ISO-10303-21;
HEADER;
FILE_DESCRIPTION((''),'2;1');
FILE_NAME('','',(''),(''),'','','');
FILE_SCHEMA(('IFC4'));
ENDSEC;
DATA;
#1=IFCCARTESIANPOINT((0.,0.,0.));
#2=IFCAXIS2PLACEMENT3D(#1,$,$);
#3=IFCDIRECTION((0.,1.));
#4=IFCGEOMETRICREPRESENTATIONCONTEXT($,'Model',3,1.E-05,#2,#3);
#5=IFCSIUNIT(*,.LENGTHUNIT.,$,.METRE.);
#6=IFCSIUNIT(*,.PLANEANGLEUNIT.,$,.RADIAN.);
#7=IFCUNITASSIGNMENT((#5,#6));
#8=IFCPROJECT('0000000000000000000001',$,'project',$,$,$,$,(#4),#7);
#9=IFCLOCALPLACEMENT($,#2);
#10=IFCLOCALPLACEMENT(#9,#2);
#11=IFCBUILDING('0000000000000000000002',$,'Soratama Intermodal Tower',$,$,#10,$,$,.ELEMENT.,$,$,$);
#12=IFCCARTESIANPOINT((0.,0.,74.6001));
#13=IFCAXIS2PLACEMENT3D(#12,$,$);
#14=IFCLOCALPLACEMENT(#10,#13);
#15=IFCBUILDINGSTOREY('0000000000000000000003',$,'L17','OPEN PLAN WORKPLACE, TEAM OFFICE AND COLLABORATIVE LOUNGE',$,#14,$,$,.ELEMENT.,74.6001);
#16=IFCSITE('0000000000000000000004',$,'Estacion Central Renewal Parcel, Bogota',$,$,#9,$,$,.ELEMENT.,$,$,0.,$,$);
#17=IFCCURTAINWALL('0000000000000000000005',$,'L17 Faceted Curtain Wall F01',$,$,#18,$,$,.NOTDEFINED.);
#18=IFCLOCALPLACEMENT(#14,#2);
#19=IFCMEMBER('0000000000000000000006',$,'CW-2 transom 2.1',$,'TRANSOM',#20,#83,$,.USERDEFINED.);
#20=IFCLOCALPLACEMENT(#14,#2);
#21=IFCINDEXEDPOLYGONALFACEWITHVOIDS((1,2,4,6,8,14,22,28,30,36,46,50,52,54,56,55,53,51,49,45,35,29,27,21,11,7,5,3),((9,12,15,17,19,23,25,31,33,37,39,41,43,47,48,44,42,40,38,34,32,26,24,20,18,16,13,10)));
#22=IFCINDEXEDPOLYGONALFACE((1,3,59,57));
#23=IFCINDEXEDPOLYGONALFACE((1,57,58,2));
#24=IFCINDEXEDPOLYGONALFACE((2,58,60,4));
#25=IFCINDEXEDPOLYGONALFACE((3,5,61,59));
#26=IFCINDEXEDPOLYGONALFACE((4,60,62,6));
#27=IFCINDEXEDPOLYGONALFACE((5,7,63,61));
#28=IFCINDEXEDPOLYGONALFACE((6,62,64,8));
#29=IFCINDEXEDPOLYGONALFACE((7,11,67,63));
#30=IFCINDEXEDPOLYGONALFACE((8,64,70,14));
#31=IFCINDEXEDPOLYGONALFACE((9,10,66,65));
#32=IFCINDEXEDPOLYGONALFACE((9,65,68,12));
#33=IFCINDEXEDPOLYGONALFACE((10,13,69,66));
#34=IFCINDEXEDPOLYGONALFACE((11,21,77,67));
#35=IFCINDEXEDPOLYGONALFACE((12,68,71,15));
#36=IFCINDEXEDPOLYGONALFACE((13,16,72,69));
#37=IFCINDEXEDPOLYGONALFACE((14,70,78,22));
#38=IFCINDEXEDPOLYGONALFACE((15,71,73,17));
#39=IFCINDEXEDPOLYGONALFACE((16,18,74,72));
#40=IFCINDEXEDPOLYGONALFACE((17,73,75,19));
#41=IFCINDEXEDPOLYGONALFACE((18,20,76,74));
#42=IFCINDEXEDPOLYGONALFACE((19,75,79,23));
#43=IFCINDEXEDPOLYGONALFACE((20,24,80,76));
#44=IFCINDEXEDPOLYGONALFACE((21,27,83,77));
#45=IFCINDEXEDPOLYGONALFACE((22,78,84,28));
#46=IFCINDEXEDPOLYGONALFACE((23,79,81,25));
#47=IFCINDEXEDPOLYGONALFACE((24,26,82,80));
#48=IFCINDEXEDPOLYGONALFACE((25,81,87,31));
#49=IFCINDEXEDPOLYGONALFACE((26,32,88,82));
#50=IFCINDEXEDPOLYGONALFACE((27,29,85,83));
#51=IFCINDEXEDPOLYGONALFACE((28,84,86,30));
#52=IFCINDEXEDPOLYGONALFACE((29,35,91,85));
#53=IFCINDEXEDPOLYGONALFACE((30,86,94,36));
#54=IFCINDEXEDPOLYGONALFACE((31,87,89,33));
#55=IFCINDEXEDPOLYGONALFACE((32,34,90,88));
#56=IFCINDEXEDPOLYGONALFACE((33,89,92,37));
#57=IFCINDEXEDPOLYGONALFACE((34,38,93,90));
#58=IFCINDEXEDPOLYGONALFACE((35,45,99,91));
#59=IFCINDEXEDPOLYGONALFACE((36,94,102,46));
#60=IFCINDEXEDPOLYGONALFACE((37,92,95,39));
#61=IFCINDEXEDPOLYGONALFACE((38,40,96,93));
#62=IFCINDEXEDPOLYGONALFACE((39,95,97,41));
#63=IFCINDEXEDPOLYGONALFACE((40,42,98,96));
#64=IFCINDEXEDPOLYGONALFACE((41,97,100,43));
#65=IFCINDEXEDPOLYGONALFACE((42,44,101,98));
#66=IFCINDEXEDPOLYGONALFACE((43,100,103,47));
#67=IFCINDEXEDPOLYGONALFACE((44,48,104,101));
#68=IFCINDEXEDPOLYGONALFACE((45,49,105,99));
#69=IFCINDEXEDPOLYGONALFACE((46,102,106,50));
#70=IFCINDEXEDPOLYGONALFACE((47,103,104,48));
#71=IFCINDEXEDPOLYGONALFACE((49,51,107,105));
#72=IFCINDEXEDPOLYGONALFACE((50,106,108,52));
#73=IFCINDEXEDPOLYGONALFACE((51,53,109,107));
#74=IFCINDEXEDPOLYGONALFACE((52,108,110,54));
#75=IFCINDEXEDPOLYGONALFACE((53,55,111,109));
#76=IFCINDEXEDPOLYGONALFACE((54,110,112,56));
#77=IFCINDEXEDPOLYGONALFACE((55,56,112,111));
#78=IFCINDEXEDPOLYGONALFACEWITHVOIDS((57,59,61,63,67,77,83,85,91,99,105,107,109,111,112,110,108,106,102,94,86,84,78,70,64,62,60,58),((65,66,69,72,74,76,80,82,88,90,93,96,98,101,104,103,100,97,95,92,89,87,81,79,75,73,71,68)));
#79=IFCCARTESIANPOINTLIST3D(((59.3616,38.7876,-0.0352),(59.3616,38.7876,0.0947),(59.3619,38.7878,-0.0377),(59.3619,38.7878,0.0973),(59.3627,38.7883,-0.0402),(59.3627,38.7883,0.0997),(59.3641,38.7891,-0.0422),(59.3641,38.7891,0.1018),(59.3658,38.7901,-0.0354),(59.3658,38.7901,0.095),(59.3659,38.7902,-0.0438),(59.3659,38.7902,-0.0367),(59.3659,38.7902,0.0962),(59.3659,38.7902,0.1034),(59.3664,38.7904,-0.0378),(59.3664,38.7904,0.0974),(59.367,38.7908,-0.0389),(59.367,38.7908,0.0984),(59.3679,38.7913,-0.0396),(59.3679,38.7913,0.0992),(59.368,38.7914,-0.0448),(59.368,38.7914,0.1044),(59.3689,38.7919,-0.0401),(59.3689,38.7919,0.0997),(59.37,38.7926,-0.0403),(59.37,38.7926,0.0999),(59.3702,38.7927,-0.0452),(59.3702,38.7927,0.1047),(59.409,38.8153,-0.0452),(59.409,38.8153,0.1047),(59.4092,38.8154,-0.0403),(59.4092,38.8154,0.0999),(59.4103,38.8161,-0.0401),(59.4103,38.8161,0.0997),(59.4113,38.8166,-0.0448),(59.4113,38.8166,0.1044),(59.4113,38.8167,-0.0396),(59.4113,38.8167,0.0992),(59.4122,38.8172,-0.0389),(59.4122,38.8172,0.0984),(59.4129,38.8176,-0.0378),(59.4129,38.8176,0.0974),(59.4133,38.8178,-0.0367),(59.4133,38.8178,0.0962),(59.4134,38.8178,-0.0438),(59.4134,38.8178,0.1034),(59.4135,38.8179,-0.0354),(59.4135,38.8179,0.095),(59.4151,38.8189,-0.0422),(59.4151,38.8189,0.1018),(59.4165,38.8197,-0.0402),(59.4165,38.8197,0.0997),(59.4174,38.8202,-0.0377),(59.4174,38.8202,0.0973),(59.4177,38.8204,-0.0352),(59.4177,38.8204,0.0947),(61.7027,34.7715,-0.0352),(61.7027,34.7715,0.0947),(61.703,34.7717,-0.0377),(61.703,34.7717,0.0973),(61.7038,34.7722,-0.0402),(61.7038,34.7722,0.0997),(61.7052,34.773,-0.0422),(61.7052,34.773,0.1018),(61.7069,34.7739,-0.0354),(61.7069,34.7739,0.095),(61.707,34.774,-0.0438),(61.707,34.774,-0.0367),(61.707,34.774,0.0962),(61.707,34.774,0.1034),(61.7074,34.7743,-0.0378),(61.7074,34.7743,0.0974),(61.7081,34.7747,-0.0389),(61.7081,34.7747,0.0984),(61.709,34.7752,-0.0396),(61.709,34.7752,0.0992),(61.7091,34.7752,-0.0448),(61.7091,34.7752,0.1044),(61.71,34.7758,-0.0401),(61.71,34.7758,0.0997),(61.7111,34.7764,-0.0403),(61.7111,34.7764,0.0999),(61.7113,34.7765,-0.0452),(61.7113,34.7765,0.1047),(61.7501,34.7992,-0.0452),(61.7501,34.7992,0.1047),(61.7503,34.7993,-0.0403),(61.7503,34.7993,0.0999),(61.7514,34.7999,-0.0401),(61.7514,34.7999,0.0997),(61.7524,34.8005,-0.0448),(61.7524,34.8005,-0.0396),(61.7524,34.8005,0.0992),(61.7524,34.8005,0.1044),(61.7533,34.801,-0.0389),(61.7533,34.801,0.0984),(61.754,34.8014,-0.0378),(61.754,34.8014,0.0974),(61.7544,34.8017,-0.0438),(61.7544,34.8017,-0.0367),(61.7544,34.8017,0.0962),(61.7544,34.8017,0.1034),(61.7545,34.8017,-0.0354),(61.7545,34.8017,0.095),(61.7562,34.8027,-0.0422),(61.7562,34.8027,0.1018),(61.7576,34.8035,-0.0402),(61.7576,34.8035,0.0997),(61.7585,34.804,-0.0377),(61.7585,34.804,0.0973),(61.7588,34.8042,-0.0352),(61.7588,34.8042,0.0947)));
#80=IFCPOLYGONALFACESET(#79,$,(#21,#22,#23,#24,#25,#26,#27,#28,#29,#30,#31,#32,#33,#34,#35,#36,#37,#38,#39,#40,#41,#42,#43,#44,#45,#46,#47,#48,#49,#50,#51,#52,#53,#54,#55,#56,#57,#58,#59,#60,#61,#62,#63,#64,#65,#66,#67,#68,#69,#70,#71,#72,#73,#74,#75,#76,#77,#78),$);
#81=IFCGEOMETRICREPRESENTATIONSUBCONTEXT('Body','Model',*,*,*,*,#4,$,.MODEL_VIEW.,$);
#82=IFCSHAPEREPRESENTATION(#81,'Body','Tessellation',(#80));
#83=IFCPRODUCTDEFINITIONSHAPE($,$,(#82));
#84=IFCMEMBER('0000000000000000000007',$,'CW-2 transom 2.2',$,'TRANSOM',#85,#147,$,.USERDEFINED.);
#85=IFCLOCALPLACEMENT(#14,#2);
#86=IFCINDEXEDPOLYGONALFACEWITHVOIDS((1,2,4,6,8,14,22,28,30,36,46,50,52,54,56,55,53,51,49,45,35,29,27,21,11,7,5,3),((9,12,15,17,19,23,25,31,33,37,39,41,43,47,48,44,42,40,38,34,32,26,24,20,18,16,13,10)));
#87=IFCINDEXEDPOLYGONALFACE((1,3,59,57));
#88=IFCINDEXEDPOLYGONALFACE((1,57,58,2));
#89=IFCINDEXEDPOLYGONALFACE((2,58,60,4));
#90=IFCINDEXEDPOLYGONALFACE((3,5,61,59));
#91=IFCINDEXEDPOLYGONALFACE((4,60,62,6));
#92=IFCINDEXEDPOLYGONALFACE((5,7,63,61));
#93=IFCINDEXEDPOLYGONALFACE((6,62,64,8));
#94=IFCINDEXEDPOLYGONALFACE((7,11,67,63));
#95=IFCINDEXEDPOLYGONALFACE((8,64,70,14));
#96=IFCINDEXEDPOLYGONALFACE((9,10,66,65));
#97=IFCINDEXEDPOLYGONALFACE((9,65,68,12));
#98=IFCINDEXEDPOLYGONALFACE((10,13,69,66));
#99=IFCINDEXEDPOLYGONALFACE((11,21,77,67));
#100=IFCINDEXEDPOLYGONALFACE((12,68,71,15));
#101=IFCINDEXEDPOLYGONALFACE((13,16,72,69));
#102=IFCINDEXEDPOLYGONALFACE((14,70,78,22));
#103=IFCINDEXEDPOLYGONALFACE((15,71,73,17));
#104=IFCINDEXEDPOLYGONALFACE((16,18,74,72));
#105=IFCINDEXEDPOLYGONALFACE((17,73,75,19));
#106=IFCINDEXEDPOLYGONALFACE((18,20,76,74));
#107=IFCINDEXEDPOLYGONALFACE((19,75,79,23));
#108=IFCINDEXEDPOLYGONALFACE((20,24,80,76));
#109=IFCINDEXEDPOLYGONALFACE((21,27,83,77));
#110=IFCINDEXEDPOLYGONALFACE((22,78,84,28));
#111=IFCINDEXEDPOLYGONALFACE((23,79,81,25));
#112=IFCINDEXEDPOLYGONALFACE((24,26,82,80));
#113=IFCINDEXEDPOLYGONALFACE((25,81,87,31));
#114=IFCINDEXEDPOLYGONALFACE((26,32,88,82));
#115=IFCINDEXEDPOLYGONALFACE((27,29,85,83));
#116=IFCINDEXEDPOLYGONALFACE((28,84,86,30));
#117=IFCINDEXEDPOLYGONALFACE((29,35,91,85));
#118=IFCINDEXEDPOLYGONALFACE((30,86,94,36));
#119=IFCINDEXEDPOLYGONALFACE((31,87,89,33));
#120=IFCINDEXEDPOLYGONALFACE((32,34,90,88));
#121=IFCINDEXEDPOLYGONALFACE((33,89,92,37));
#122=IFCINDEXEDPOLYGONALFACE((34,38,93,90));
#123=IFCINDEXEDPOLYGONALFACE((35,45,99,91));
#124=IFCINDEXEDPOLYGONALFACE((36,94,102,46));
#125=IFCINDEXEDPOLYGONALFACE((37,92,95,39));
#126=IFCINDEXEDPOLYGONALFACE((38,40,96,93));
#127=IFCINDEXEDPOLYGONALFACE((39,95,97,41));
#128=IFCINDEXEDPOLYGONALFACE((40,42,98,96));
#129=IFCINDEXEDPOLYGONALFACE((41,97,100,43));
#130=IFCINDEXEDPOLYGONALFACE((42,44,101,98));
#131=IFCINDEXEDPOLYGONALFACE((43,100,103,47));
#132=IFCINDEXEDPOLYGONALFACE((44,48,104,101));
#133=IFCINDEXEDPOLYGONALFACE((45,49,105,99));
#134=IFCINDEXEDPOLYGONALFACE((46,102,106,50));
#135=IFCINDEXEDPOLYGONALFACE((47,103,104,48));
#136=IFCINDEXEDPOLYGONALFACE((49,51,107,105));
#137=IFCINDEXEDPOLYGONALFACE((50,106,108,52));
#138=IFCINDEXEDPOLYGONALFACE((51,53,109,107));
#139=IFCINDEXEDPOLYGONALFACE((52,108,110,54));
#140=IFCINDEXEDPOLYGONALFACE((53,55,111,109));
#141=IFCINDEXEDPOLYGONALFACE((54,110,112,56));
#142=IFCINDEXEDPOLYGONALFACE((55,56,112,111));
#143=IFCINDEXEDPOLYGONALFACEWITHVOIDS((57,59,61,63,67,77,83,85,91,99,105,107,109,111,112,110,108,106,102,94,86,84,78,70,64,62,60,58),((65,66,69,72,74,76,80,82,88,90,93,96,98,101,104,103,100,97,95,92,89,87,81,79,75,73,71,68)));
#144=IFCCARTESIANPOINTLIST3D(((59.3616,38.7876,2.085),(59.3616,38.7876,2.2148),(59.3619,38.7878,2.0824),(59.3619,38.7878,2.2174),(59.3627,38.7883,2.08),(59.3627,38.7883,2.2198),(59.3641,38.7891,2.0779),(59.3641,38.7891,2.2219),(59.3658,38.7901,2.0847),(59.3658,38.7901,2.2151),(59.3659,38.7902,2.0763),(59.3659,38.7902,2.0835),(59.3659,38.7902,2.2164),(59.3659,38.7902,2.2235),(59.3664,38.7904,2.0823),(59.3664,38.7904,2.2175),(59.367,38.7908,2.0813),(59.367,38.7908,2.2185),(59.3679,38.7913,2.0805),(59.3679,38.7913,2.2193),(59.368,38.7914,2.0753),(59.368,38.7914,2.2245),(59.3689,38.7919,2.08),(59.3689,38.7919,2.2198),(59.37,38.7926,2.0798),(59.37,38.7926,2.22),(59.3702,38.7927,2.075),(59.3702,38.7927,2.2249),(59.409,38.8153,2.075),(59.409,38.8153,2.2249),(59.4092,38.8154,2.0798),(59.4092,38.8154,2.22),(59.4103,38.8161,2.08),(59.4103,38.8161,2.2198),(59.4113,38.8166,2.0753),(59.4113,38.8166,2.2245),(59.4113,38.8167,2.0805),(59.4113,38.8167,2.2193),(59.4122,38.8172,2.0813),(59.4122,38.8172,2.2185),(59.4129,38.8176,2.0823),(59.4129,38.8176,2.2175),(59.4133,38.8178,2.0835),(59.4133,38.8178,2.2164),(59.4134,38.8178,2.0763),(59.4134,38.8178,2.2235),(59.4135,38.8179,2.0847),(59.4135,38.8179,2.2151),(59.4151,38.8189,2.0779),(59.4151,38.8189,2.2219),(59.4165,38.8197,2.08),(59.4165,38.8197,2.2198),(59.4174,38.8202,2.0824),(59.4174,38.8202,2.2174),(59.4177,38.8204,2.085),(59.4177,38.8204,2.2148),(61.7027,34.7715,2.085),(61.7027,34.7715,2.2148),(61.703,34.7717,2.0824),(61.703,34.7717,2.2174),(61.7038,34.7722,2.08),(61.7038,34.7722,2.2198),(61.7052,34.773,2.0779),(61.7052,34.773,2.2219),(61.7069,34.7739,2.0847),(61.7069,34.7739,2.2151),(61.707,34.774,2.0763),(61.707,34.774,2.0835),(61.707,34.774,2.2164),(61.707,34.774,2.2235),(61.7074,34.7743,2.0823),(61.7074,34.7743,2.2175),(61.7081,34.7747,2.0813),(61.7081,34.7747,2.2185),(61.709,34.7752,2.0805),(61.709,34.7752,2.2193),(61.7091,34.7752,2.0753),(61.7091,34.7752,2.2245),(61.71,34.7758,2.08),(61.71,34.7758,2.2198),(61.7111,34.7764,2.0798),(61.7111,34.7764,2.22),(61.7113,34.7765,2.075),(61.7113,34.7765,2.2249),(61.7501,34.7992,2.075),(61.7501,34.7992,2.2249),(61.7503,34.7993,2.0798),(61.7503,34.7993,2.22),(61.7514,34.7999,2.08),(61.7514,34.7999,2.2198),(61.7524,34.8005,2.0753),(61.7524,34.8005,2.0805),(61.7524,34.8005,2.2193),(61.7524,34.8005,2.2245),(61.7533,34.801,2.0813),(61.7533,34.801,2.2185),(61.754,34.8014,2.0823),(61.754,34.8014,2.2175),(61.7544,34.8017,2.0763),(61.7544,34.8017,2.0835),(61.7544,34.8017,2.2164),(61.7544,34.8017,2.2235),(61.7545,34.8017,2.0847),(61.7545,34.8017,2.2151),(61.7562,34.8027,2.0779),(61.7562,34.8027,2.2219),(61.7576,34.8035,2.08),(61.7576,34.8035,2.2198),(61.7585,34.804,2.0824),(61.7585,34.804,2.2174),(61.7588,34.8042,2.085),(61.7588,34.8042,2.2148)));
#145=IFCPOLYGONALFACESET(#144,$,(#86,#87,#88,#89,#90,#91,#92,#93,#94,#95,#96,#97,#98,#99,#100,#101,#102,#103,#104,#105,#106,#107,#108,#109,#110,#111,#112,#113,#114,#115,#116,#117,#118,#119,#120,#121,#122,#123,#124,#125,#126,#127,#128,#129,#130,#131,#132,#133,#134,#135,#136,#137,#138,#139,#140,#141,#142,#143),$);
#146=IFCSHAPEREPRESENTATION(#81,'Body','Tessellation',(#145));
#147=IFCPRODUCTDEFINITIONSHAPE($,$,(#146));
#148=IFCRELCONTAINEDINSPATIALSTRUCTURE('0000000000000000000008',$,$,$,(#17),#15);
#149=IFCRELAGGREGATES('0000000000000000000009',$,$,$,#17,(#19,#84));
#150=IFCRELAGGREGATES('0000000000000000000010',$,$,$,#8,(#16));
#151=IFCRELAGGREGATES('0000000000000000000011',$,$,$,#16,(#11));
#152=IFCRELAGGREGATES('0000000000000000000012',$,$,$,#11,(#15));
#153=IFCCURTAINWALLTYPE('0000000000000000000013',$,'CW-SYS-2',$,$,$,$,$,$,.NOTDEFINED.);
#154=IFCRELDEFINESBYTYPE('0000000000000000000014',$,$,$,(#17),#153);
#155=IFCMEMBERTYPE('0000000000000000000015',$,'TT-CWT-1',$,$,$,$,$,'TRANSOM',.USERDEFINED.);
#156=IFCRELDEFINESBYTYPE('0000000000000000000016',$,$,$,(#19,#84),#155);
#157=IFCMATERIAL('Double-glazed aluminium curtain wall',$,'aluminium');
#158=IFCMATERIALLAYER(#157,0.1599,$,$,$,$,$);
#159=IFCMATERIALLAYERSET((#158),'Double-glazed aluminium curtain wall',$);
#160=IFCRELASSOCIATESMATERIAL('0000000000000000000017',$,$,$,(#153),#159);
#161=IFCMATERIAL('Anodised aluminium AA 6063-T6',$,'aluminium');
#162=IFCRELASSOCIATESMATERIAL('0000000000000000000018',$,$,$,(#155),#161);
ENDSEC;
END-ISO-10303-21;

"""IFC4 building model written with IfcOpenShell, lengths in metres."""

from ifc_helpers import new_model, si_unit, direction, frame, origin, origin_2d, place, context, subcontext, project, spatial, hollow_rectangle, extrude, material, layer, layer_set, material_profile, profile_set, type_object, element, aggregate, save


model = new_model("IFC4")

# Units and contexts
model_context = context("Model", 3, precision=1e-05, world=origin(), true_north=direction((0.0, 1.0)))
body_context = subcontext(model_context, "Body", "Model", "MODEL_VIEW")
ifc_project = project(units=[si_unit("LENGTHUNIT", "METRE"), si_unit("PLANEANGLEUNIT", "RADIAN")], contexts=[model_context])

# Site, building, storey
site_placement = place(None, origin())
site = spatial("IfcSite", under=ifc_project, at=site_placement, Name="Estacion Central Renewal Parcel, Bogota", CompositionType="ELEMENT", RefElevation=0.0)
building_placement = place(site_placement, origin())
building = spatial("IfcBuilding", under=site, at=building_placement, Name="Soratama Intermodal Tower", CompositionType="ELEMENT")
storey_placement = place(building_placement, frame((0.0, 0.0, 74.6001)))
storey = spatial("IfcBuildingStorey", under=building, at=storey_placement, Name="L17", Description="OPEN PLAN WORKPLACE, TEAM OFFICE AND COLLABORATIVE LOUNGE", CompositionType="ELEMENT", Elevation=74.6001)

# Curtain wall, members
ifc_material_1 = material(Name="Double-glazed aluminium curtain wall", Category="aluminium")
ifc_layer_1 = layer(ifc_material_1, 0.1599)
ifc_layer_set_1 = layer_set([ifc_layer_1], Name="Double-glazed aluminium curtain wall")
curtain_wall_type = type_object("IfcCurtainWallType", Name="CW-SYS-2", PredefinedType="NOTDEFINED", material=ifc_layer_set_1)
curtain_wall_placement = place(storey_placement, origin())
curtain_wall = element("IfcCurtainWall", 1, at=curtain_wall_placement, inside=storey, type_object=curtain_wall_type, Name="L17 Faceted Curtain Wall F01", PredefinedType="NOTDEFINED")
ifc_material_2 = material(Name="Anodised aluminium AA 6063-T6", Category="aluminium")
ifc_material_profile_1 = material_profile(ifc_material_2, hollow_rectangle(XDim=0.0649, YDim=0.1499, WallThickness=0.0049, InnerFilletRadius=0.0049, OuterFilletRadius=0.01, at=origin_2d()), Name="CWT150X65X5")
ifc_profile_set_1 = profile_set([ifc_material_profile_1], Name="Anodised aluminium AA 6063-T6")
member_type_1 = type_object("IfcMemberType", Name="TT-CWT-1", ElementType="TRANSOM", PredefinedType="USERDEFINED", material=ifc_profile_set_1)
member_1_placement = place(storey_placement, frame((61.7307, 34.7878, 0.0298), z_axis=(-0.503603, 0.863935, 0.0), x_axis=(-0.863935, -0.503603, 0.0)))
member_1 = element("IfcMember", 2, at=member_1_placement, type_object=member_type_1, Name="CW-2 transom 2.1", ObjectType="TRANSOM", PredefinedType="USERDEFINED", context=body_context, shape_type="SweptSolid", body=[
    extrude(hollow_rectangle(XDim=0.0649, YDim=0.1499, WallThickness=0.0049, InnerFilletRadius=0.0049, OuterFilletRadius=0.01, at=origin_2d()), origin(), (0.0, 0.0, 1.0), 4.6487),
])
member_2_placement = place(storey_placement, frame((61.7307, 34.7878, 2.1499), z_axis=(-0.503603, 0.863935, 0.0), x_axis=(-0.863935, -0.503603, 0.0)))
member_2 = element("IfcMember", 3, at=member_2_placement, type_object=member_type_1, Name="CW-2 transom 2.2", ObjectType="TRANSOM", PredefinedType="USERDEFINED", context=body_context, shape_type="SweptSolid", body=[
    extrude(hollow_rectangle(XDim=0.0649, YDim=0.1499, WallThickness=0.0049, InnerFilletRadius=0.0049, OuterFilletRadius=0.01, at=origin_2d()), origin(), (0.0, 0.0, 1.0), 4.6487),
])
aggregate(curtain_wall, [member_1, member_2])

save(model, "model.ifc")
